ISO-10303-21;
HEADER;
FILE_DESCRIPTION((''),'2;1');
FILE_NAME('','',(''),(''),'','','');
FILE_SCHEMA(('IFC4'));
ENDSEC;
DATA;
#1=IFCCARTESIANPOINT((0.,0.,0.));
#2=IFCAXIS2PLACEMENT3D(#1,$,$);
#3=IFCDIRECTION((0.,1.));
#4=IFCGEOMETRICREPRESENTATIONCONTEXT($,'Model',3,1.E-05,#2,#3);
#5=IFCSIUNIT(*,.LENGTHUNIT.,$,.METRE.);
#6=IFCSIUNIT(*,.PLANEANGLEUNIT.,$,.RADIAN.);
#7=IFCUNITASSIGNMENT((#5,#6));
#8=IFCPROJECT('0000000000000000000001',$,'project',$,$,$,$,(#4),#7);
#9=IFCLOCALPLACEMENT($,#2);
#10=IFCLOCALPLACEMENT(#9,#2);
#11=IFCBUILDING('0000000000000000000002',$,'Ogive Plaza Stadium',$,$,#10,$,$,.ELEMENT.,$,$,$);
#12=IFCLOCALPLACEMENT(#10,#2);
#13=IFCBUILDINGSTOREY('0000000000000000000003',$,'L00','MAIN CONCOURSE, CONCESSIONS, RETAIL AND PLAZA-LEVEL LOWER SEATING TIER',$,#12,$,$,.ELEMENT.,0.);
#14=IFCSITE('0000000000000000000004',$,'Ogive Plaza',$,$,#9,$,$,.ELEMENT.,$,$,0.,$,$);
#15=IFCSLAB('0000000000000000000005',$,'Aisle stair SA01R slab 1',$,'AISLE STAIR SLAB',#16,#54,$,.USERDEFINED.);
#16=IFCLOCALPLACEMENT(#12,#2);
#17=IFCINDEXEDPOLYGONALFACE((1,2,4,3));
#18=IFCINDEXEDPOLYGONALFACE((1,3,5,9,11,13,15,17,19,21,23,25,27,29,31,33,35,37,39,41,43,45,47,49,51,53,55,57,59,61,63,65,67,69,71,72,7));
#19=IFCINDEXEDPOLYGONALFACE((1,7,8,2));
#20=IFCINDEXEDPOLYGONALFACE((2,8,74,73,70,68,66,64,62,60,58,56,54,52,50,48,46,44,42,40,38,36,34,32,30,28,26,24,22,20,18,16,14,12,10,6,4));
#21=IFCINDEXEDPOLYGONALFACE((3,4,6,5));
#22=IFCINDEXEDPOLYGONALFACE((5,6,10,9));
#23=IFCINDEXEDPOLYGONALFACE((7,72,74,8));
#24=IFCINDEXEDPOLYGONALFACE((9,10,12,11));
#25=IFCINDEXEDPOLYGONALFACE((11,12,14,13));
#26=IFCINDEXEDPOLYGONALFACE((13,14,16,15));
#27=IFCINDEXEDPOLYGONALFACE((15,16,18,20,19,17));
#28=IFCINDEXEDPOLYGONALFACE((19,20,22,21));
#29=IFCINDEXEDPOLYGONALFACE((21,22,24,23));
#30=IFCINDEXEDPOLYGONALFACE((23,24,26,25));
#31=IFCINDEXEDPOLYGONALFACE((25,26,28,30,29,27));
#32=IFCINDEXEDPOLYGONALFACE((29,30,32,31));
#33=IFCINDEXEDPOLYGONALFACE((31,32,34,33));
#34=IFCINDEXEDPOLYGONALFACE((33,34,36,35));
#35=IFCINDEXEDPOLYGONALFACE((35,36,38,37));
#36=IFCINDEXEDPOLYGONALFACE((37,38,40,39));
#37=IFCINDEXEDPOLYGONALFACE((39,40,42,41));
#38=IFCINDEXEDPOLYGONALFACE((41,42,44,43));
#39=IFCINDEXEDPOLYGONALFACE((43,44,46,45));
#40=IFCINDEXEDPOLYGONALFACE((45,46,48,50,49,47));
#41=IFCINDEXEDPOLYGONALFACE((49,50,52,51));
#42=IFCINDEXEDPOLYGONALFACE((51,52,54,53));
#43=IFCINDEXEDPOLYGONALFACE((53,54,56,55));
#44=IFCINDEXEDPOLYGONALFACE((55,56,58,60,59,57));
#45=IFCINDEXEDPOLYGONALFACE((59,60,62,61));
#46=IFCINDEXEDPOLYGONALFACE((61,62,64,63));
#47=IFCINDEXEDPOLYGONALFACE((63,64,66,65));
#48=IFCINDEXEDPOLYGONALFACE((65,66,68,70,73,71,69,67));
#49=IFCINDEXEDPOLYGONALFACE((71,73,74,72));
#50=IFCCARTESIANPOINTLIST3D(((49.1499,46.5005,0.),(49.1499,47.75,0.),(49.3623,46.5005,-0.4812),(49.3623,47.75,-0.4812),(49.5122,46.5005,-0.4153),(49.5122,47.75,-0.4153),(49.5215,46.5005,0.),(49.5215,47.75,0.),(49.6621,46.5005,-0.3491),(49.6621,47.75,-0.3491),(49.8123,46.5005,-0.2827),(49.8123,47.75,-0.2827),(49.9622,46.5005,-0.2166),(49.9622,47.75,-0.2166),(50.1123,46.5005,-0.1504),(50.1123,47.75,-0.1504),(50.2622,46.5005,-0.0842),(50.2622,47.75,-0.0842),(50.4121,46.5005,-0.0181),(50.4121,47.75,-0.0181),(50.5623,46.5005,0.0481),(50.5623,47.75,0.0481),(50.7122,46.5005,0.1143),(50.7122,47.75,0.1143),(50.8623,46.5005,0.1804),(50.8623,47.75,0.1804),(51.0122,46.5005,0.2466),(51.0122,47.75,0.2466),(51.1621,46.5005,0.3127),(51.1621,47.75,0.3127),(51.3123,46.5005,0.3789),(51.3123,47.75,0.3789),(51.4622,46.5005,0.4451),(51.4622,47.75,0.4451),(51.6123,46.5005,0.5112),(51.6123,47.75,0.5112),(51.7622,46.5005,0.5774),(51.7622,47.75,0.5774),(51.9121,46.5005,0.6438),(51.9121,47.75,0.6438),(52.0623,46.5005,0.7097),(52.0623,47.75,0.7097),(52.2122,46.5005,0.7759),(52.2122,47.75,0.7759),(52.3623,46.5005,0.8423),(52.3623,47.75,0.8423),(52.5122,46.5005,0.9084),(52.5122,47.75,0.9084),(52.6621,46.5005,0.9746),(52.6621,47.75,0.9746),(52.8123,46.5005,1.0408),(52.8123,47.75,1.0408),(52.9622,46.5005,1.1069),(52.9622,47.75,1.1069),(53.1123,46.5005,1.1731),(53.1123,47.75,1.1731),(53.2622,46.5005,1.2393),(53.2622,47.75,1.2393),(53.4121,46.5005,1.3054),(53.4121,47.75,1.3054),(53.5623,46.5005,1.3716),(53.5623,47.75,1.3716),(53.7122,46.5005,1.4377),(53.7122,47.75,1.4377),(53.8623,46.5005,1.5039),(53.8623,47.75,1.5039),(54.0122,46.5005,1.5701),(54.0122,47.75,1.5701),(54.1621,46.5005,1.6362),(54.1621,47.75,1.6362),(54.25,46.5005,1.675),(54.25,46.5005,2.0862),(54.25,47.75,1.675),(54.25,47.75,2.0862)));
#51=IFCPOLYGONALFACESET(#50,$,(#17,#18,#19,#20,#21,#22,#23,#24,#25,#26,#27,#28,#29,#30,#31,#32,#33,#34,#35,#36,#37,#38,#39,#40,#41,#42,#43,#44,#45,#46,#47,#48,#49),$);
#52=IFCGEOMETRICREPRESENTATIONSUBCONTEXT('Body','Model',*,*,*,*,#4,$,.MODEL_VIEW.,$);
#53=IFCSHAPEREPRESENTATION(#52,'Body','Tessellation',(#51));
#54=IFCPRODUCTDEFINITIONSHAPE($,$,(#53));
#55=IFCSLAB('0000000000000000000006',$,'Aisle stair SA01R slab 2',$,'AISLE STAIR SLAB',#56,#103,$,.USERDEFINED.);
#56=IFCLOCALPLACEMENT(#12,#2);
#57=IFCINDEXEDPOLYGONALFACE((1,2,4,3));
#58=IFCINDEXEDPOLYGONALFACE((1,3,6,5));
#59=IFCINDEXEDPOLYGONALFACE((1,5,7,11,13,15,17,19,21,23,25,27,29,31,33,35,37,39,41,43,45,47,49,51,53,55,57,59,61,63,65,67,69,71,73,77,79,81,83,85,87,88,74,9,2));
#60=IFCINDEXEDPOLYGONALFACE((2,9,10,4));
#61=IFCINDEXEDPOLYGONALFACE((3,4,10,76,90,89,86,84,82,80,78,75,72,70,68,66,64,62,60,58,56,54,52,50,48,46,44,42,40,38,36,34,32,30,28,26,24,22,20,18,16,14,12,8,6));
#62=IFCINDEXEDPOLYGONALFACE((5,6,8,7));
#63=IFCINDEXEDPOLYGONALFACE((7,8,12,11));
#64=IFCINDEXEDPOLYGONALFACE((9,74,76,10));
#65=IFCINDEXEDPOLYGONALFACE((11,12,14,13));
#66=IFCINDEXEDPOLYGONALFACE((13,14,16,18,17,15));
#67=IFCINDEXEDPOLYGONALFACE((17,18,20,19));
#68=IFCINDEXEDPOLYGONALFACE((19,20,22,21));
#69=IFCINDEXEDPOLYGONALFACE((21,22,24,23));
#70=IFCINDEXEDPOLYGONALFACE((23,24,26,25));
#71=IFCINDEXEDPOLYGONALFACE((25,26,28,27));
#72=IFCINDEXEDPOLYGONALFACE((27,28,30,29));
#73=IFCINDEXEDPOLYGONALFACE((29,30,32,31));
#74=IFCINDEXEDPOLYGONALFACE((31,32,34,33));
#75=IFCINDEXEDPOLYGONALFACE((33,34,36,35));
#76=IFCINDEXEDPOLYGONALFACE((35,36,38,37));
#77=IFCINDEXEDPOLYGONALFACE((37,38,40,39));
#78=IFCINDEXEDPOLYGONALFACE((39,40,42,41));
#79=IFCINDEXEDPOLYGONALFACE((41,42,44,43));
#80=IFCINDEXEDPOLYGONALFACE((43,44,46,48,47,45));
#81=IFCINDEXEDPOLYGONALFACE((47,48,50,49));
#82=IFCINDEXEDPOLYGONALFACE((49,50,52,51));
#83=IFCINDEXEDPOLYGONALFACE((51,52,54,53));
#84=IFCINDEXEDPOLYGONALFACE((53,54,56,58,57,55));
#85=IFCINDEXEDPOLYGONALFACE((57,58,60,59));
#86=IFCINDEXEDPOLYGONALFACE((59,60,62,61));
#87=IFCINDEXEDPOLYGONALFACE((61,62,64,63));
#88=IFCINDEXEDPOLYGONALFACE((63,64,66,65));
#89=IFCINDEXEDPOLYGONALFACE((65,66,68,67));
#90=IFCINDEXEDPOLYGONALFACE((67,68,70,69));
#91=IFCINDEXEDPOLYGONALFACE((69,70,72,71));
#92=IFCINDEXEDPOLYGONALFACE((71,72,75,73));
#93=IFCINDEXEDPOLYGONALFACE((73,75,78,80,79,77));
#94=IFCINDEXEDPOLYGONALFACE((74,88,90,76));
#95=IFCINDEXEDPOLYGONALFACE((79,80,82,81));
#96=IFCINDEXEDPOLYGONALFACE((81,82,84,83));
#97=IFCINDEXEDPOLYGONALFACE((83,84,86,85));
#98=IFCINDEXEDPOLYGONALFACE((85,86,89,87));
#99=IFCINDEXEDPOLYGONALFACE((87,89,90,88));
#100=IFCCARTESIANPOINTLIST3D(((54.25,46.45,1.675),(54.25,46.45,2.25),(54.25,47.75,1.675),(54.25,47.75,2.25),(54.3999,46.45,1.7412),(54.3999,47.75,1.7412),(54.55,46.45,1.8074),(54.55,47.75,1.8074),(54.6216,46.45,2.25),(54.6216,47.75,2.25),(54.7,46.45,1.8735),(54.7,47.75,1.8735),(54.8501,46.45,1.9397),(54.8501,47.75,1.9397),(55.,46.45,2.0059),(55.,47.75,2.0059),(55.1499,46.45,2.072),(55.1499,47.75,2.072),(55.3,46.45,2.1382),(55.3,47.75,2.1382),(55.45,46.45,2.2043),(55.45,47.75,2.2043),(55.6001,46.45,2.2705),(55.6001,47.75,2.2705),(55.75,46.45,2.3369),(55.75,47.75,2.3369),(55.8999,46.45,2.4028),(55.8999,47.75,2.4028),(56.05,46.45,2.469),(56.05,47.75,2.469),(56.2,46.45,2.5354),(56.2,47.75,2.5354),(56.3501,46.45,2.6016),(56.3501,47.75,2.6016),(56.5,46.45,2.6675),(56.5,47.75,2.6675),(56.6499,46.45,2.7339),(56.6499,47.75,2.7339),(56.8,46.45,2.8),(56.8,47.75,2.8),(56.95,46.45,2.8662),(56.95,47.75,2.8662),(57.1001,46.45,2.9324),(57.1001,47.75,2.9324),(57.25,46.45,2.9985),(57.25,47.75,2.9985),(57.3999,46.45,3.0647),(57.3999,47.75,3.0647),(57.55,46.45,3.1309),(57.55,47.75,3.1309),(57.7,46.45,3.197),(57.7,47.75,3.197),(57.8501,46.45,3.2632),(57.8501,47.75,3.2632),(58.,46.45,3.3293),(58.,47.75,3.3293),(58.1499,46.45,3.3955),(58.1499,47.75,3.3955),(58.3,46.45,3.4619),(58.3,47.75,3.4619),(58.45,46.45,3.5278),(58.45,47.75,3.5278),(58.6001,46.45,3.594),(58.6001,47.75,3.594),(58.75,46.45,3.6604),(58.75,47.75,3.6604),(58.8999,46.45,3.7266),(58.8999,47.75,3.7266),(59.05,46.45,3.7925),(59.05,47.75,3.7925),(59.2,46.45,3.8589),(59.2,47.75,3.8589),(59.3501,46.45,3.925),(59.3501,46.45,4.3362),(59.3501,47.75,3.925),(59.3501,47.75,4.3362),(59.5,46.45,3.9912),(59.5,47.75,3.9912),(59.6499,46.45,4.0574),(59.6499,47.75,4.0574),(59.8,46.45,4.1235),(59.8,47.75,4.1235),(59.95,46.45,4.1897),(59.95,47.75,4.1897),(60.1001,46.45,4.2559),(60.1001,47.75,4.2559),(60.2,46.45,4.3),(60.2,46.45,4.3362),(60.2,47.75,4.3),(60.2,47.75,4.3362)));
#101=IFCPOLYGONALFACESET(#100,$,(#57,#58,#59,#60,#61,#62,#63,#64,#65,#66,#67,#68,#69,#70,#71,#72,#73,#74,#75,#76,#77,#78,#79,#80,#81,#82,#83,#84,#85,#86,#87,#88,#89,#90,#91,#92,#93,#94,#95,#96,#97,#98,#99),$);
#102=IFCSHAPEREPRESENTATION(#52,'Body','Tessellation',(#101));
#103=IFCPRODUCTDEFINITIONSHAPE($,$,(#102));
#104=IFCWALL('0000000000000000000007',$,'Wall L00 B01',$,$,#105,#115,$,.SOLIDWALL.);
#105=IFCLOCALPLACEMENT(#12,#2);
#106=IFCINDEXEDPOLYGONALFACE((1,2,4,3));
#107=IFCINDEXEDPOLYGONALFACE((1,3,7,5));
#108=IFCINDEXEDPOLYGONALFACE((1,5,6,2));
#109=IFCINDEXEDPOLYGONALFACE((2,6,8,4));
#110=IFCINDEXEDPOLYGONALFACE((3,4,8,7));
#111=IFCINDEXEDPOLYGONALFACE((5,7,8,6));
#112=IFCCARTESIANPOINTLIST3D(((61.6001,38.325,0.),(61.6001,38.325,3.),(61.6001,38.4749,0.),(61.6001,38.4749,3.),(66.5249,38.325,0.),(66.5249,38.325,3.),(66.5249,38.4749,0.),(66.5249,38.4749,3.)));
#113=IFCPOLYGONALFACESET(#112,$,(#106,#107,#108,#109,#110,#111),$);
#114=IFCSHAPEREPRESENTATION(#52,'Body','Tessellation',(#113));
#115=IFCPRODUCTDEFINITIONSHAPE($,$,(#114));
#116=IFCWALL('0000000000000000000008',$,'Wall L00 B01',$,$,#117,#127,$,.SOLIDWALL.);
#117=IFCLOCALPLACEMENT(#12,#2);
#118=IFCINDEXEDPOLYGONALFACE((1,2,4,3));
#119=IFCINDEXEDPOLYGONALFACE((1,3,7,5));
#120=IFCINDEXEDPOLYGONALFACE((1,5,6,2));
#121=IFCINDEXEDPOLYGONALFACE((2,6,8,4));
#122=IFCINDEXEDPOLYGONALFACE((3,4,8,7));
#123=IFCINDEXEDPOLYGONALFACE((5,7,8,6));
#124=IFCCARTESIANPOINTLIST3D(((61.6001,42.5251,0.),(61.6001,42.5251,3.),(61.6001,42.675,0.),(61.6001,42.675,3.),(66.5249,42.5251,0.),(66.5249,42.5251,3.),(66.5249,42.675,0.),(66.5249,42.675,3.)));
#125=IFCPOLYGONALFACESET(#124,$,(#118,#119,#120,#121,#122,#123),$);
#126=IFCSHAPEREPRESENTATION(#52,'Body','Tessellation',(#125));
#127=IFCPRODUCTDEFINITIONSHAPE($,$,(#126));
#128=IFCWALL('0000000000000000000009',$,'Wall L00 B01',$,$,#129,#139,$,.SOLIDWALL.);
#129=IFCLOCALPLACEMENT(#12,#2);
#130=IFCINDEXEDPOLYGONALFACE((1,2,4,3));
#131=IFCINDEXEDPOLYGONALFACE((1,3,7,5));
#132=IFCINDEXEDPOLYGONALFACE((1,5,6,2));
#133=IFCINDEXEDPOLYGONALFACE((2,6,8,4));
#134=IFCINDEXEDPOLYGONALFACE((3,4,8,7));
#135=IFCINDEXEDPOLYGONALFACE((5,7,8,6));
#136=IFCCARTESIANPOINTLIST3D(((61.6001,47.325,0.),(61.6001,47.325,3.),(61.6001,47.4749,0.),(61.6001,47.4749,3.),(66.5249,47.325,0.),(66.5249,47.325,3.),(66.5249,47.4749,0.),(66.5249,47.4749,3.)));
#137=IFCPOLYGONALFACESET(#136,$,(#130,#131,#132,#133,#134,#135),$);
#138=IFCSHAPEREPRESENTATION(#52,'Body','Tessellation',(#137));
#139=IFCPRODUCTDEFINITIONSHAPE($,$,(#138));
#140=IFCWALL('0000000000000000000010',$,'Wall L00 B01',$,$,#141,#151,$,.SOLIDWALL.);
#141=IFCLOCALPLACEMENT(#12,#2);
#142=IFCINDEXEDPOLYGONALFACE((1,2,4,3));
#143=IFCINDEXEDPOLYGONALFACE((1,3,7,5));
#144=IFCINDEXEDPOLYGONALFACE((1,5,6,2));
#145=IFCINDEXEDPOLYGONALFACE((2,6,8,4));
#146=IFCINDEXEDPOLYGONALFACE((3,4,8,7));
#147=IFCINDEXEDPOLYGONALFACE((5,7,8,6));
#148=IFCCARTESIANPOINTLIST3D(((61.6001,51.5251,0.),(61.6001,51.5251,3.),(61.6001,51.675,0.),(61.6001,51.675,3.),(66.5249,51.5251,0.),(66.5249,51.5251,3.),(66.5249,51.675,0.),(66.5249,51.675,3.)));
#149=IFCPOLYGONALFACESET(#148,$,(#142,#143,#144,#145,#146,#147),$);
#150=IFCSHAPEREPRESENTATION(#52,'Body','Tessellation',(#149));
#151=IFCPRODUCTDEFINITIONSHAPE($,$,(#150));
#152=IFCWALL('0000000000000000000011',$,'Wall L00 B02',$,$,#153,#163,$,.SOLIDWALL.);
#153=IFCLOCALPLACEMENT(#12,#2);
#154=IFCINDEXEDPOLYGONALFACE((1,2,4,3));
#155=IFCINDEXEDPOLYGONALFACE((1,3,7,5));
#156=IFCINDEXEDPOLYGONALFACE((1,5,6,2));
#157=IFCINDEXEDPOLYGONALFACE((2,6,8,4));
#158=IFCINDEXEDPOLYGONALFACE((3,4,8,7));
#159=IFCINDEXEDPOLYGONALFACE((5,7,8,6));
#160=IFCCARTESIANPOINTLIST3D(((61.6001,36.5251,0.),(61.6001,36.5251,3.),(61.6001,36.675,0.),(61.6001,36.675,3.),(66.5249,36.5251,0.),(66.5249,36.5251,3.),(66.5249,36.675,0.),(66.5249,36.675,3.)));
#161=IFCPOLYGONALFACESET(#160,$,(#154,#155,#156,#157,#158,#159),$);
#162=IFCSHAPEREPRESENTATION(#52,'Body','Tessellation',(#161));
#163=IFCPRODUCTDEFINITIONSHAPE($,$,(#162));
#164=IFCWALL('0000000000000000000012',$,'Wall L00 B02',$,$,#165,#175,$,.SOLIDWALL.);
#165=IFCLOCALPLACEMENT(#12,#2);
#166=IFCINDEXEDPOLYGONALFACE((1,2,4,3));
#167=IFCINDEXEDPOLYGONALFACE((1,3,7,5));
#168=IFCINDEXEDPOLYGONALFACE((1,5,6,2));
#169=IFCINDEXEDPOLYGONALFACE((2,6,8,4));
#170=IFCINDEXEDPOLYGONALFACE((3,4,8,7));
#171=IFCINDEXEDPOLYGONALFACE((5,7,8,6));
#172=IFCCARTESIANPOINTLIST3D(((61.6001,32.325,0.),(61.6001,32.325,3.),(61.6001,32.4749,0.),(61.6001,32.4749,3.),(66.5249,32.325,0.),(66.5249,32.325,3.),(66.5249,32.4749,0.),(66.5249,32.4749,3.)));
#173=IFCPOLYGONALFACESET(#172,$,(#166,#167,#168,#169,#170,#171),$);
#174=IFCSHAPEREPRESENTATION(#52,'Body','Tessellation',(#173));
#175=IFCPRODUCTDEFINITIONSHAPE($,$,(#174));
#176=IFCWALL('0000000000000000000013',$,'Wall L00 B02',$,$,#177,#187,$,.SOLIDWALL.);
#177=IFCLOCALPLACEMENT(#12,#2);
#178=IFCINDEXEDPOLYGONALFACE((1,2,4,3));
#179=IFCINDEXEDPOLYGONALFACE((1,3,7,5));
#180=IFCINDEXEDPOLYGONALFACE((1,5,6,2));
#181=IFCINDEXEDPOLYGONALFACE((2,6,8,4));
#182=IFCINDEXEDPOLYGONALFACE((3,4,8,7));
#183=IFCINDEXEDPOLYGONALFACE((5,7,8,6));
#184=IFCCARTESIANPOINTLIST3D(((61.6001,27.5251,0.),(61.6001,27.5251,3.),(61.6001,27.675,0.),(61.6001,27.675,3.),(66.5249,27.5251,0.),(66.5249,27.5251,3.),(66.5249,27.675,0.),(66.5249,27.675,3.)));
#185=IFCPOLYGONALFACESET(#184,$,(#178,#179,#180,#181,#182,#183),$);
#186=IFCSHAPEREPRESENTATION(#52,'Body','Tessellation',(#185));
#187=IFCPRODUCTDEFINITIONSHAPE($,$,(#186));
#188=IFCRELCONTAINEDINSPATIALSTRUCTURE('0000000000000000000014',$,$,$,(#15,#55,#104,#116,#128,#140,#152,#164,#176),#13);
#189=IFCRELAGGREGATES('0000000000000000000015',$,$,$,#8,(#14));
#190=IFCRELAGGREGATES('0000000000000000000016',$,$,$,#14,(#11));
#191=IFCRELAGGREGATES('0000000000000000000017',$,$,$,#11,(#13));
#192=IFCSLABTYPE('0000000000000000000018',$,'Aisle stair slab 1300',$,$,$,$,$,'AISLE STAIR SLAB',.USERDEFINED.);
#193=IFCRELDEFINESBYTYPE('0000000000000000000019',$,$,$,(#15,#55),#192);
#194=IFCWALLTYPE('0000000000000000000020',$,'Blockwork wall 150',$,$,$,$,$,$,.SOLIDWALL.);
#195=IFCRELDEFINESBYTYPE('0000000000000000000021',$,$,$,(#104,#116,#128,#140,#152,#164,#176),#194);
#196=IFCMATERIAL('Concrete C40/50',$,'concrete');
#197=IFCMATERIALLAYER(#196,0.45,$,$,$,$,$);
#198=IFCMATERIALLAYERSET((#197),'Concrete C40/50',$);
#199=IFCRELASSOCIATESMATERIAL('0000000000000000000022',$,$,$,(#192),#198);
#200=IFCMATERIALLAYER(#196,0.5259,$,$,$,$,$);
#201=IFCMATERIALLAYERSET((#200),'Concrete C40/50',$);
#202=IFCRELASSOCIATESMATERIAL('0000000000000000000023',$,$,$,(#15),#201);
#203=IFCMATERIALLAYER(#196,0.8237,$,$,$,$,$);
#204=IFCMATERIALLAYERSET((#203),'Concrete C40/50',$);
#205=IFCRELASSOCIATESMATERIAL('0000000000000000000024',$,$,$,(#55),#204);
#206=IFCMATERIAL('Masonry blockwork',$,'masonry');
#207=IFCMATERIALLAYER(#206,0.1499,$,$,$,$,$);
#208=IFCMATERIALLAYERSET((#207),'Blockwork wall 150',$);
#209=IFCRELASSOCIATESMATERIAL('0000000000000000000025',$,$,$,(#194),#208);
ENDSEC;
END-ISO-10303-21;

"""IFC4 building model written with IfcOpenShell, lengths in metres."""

from ifc_helpers import new_model, si_unit, direction, frame, frame_2d, origin, place, context, subcontext, project, spatial, polyline, rectangle, outline, extrude, material, layer, layer_set, type_object, element, save


model = new_model("IFC4")

# Units and contexts
model_context = context("Model", 3, precision=1e-05, world=origin(), true_north=direction((0.0, 1.0)))
body_context = subcontext(model_context, "Body", "Model", "MODEL_VIEW")
ifc_project = project(units=[si_unit("LENGTHUNIT", "METRE"), si_unit("PLANEANGLEUNIT", "RADIAN")], contexts=[model_context])

# Site, building, storey
site_placement = place(None, origin())
site = spatial("IfcSite", under=ifc_project, at=site_placement, Name="Ogive Plaza", CompositionType="ELEMENT", RefElevation=0.0)
building_placement = place(site_placement, origin())
building = spatial("IfcBuilding", under=site, at=building_placement, Name="Ogive Plaza Stadium", CompositionType="ELEMENT")
storey_placement = place(building_placement, origin())
storey = spatial("IfcBuildingStorey", under=building, at=storey_placement, Name="L00", Description="MAIN CONCOURSE, CONCESSIONS, RETAIL AND PLAZA-LEVEL LOWER SEATING TIER", CompositionType="ELEMENT", Elevation=0.0)

# Slabs
ifc_material_1 = material(Name="Concrete C40/50", Category="concrete")
ifc_layer_1 = layer(ifc_material_1, 0.5259)
ifc_layer_set_1 = layer_set([ifc_layer_1], Name="Concrete C40/50")
ifc_layer_2 = layer(ifc_material_1, 0.45)
ifc_layer_set_2 = layer_set([ifc_layer_2], Name="Concrete C40/50")
slab_type = type_object("IfcSlabType", Name="Aisle stair slab 1300", ElementType="AISLE STAIR SLAB", PredefinedType="USERDEFINED", material=ifc_layer_set_2)
ifc_layer_3 = layer(ifc_material_1, 0.8237)
ifc_layer_set_3 = layer_set([ifc_layer_3], Name="Concrete C40/50")
slab_1_placement = place(storey_placement, frame((49.1499, 47.1252, 0.0), z_axis=(0.0, 0.0, 1.0), x_axis=(1.0, 0.0, 0.0)))
element("IfcSlab", 1, at=slab_1_placement, inside=storey, type_object=slab_type, material=ifc_layer_set_1, Name="Aisle stair SA01R slab 1", ObjectType="AISLE STAIR SLAB", PredefinedType="USERDEFINED", context=body_context, shape_type="SweptSolid", body=[
    extrude(outline(polyline([(0.0, 0.0), (0.3716, 0.0), (5.1001, 2.0862), (5.1001, 1.675), (5.0122, 1.6362), (4.8623, 1.5701), (4.7124, 1.5039), (4.5623, 1.4377), (4.4124, 1.3716), (4.2622, 1.3054), (4.1123, 1.2393), (3.9624, 1.1731), (3.8123, 1.1069), (3.6624, 1.0408), (3.5122, 0.9746), (3.3623, 0.9084), (3.2124, 0.8423), (3.0623, 0.7759), (2.9124, 0.7097), (2.7622, 0.6438), (2.6123, 0.5774), (2.4624, 0.5112), (2.3123, 0.4451), (2.1624, 0.3789), (2.0122, 0.3127), (1.8623, 0.2466), (1.7124, 0.1804), (1.5623, 0.1143), (1.4124, 0.0481), (1.2622, -0.0181), (1.1123, -0.0842), (0.9624, -0.1504), (0.8123, -0.2166), (0.6624, -0.2827), (0.5122, -0.3491), (0.3623, -0.4153), (0.2124, -0.4812), (0.0, 0.0)])), frame((0.0, 0.6248, 0.0), z_axis=(0.0, -1.0, 0.0), x_axis=(1.0, 0.0, 0.0)), (0.0, 0.0, 1.0), 1.2495),
])
slab_2_placement = place(storey_placement, frame((54.25, 47.1001, 0.0), z_axis=(0.0, 0.0, 1.0), x_axis=(1.0, 0.0, 0.0)))
element("IfcSlab", 2, at=slab_2_placement, inside=storey, type_object=slab_type, material=ifc_layer_set_3, Name="Aisle stair SA01R slab 2", ObjectType="AISLE STAIR SLAB", PredefinedType="USERDEFINED", context=body_context, shape_type="SweptSolid", body=[
    extrude(outline(polyline([(0.0, 2.25), (0.3716, 2.25), (5.1001, 4.3362), (5.95, 4.3362), (5.95, 4.3), (5.8501, 4.2559), (5.7, 4.1897), (5.55, 4.1235), (5.3999, 4.0574), (5.25, 3.9912), (5.1001, 3.925), (4.95, 3.8589), (4.8, 3.7925), (4.6499, 3.7266), (4.5, 3.6604), (4.3501, 3.594), (4.2, 3.5278), (4.05, 3.4619), (3.8999, 3.3955), (3.75, 3.3293), (3.6001, 3.2632), (3.45, 3.197), (3.3, 3.1309), (3.1499, 3.0647), (3.0, 2.9985), (2.8501, 2.9324), (2.7, 2.8662), (2.55, 2.8), (2.3999, 2.7339), (2.25, 2.6675), (2.1001, 2.6016), (1.95, 2.5354), (1.8, 2.469), (1.6499, 2.4028), (1.5, 2.3369), (1.3501, 2.2705), (1.2, 2.2043), (1.05, 2.1382), (0.8999, 2.072), (0.75, 2.0059), (0.6001, 1.9397), (0.45, 1.8735), (0.3, 1.8074), (0.1499, 1.7412), (0.0, 1.675), (0.0, 2.25)])), frame((0.0, 0.6499, 0.0), z_axis=(0.0, -1.0, 0.0), x_axis=(1.0, 0.0, 0.0)), (0.0, 0.0, 1.0), 1.3),
])

# Walls
ifc_material_2 = material(Name="Masonry blockwork", Category="masonry")
ifc_layer_4 = layer(ifc_material_2, 0.1499)
ifc_layer_set_4 = layer_set([ifc_layer_4], Name="Blockwork wall 150")
wall_type_1 = type_object("IfcWallType", Name="Blockwork wall 150", PredefinedType="SOLIDWALL", material=ifc_layer_set_4)
for number, where, z_axis, x_axis, name in (
    (3, (61.6001, 38.3999, 0.0), (0.0, 0.0, 1.0), (1.0, 0.0, 0.0), "Wall L00 B01"),
    (4, (61.6001, 42.6001, 0.0), (0.0, 0.0, 1.0), (1.0, 0.0, 0.0), "Wall L00 B01"),
    (5, (61.6001, 47.3999, 0.0), (0.0, 0.0, 1.0), (1.0, 0.0, 0.0), "Wall L00 B01"),
    (6, (61.6001, 51.6001, 0.0), (0.0, 0.0, 1.0), (1.0, 0.0, 0.0), "Wall L00 B01"),
    (7, (61.6001, 36.6001, 0.0), (0.0, 0.0, 1.0), (1.0, 0.0, 0.0), "Wall L00 B02"),
    (8, (61.6001, 32.3999, 0.0), (0.0, 0.0, 1.0), (1.0, 0.0, 0.0), "Wall L00 B02"),
    (9, (61.6001, 27.6001, 0.0), (0.0, 0.0, 1.0), (1.0, 0.0, 0.0), "Wall L00 B02"),
):
    element("IfcWall", number, at=place(storey_placement, frame(where, z_axis=z_axis, x_axis=x_axis)), inside=storey, type_object=wall_type_1, Name=name, PredefinedType="SOLIDWALL", context=body_context, shape_type="SweptSolid", body=[
        extrude(rectangle(XDim=4.9248, YDim=0.1499, at=frame_2d((2.4624, 0.0))), origin(), (0.0, 0.0, 1.0), 3.0),
    ])

save(model, "model.ifc")
